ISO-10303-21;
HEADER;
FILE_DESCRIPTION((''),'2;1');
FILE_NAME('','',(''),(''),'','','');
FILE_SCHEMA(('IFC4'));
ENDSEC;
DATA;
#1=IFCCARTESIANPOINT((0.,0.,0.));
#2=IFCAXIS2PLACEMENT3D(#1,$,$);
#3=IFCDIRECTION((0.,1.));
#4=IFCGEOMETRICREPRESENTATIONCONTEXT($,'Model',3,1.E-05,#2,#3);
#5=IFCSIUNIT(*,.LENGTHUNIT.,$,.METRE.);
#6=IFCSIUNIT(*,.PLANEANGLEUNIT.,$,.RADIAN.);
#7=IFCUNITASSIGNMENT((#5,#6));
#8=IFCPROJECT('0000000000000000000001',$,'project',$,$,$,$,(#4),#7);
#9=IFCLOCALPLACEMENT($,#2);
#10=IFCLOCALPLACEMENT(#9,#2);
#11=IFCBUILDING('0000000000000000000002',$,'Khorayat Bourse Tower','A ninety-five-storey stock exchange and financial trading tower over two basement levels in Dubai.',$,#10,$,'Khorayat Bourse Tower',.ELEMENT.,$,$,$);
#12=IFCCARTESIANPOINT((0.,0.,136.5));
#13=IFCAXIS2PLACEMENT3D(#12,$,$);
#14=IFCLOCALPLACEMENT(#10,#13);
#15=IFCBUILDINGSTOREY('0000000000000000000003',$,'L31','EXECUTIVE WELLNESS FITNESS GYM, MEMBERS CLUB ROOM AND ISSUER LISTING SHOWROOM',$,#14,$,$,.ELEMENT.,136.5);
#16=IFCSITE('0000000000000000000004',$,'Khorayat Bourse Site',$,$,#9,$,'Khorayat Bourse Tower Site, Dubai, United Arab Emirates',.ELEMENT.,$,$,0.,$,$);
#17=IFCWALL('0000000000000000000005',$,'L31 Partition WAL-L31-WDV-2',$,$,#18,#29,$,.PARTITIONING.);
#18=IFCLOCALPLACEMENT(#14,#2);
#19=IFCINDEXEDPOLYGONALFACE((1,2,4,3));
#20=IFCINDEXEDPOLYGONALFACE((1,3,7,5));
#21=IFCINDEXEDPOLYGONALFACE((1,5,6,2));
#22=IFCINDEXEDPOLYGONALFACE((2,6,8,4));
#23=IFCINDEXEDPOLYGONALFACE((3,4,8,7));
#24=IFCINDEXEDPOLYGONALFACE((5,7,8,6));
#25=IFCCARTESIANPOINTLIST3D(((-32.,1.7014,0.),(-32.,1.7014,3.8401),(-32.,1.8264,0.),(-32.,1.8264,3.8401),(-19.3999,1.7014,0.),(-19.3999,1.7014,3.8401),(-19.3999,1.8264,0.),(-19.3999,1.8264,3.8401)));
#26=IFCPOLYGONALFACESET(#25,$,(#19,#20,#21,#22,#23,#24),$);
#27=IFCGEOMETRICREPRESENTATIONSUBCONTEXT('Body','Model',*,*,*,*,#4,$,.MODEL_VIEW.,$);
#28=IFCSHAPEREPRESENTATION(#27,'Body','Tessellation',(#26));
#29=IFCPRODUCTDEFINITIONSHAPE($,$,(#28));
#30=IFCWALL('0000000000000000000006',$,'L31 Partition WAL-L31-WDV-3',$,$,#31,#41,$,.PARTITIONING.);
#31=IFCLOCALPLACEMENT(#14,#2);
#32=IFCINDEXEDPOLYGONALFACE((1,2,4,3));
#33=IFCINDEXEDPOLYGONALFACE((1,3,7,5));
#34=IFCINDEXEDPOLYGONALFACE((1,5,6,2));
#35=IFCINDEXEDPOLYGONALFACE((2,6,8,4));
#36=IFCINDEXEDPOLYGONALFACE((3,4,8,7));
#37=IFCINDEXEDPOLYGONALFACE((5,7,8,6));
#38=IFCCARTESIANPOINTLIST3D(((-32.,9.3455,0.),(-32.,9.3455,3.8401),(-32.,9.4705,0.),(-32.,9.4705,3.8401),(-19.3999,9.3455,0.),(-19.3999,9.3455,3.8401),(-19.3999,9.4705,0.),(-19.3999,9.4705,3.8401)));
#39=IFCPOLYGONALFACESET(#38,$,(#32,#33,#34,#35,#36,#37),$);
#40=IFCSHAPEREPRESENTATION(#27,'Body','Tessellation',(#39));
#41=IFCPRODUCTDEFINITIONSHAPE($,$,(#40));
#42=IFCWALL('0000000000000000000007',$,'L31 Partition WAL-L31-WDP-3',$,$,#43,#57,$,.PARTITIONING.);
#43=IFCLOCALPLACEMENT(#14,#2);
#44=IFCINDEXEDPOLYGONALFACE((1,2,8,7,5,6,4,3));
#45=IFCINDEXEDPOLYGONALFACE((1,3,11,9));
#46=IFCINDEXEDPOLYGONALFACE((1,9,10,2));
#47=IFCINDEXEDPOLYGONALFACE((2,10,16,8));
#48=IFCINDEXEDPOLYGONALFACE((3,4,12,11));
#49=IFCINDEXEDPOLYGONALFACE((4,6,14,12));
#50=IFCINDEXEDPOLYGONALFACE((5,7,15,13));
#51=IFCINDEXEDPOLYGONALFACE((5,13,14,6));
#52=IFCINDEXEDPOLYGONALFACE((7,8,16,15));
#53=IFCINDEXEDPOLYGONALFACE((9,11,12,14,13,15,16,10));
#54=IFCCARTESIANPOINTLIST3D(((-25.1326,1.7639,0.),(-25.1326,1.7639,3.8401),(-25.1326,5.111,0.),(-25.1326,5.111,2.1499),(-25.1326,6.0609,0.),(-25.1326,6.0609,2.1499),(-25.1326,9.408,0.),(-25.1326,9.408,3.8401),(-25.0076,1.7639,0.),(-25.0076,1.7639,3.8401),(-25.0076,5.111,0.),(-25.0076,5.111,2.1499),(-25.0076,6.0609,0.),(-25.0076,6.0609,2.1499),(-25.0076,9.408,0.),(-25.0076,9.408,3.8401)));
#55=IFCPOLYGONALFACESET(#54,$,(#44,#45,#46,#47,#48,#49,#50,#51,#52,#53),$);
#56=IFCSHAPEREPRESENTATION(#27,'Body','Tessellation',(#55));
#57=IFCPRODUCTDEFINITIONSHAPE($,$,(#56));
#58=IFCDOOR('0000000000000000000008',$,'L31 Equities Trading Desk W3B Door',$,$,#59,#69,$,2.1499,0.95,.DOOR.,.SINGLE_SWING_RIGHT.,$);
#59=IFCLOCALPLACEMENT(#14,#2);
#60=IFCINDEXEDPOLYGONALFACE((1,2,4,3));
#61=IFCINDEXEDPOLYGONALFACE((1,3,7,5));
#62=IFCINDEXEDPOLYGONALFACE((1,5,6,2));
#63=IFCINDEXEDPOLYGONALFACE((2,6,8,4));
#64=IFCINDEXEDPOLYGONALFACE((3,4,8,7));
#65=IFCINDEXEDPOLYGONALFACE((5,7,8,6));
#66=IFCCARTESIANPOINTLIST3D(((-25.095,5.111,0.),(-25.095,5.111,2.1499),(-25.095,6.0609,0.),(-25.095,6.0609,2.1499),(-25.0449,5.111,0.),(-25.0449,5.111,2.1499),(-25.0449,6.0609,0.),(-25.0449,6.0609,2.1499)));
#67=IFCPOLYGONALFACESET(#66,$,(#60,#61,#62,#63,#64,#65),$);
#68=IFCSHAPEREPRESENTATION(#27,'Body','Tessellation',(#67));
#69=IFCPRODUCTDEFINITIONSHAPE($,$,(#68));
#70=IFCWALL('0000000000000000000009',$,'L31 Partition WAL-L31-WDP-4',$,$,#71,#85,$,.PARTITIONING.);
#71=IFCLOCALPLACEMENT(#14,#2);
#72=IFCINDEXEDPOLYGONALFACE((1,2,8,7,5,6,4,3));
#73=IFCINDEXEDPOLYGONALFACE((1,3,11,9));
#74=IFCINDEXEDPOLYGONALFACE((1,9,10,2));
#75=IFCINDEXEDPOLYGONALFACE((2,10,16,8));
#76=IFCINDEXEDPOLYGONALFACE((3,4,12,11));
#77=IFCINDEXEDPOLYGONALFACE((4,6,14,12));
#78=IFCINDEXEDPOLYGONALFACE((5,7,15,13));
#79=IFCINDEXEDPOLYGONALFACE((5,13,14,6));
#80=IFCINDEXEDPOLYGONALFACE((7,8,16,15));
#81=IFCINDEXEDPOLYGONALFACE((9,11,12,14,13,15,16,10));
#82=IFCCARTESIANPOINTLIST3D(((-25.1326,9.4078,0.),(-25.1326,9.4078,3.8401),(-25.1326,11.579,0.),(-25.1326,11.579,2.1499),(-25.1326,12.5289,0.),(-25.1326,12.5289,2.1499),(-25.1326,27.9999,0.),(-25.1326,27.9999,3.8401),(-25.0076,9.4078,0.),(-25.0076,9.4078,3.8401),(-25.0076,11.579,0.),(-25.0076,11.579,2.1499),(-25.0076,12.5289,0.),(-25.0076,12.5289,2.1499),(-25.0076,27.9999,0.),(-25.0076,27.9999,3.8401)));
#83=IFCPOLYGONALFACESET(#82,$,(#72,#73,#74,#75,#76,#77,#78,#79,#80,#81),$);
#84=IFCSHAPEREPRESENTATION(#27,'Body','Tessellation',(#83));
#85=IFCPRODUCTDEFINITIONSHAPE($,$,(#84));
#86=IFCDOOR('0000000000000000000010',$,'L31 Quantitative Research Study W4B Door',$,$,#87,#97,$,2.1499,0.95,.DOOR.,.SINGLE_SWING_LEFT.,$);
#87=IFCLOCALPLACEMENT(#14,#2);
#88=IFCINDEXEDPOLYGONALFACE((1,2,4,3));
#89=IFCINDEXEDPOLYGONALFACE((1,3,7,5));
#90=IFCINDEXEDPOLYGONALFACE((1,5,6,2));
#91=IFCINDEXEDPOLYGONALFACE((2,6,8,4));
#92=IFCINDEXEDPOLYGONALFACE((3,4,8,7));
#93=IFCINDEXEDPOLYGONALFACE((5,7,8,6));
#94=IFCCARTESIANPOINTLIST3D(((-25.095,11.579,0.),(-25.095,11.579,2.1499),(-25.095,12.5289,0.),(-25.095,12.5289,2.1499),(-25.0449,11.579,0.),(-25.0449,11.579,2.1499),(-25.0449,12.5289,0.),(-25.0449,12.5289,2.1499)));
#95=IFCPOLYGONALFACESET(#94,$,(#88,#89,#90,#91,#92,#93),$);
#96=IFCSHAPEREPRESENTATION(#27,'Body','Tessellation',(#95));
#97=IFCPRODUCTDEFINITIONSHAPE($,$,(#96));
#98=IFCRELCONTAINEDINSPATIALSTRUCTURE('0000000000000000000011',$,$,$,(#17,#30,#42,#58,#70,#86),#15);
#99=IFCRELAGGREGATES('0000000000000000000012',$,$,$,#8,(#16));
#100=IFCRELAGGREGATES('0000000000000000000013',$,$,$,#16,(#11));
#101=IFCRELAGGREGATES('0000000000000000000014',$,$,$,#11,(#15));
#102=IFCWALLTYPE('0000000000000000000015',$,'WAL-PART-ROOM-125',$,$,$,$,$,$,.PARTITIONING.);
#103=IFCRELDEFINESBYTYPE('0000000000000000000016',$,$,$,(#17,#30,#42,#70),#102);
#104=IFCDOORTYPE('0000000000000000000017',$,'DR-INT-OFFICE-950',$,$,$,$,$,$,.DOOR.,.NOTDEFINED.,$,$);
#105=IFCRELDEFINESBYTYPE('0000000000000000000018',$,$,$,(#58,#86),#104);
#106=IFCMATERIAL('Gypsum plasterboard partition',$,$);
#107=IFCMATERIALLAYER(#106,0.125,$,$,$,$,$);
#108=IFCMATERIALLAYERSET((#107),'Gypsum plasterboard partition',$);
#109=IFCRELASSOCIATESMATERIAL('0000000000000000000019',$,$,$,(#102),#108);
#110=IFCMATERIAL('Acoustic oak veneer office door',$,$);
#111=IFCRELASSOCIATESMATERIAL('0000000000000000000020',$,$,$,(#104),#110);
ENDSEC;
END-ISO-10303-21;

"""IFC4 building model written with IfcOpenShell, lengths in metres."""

from ifc_helpers import new_model, si_unit, direction, frame, frame_2d, origin, place, context, subcontext, project, spatial, rectangle, extrude, source, transform, mapped, material, layer, layer_set, type_object, element, fill, save


model = new_model("IFC4")

# Units and contexts
model_context = context("Model", 3, precision=1e-05, world=origin(), true_north=direction((0.0, 1.0)))
body_context = subcontext(model_context, "Body", "Model", "MODEL_VIEW")
ifc_project = project(units=[si_unit("LENGTHUNIT", "METRE"), si_unit("PLANEANGLEUNIT", "RADIAN")], contexts=[model_context])

# Site, building, storey
site_placement = place(None, origin())
site = spatial("IfcSite", under=ifc_project, at=site_placement, Name="Khorayat Bourse Site", LongName="Khorayat Bourse Tower Site, Dubai, United Arab Emirates", CompositionType="ELEMENT", RefElevation=0.0)
building_placement = place(site_placement, origin())
building = spatial("IfcBuilding", under=site, at=building_placement, Name="Khorayat Bourse Tower", Description="A ninety-five-storey stock exchange and financial trading tower over two basement levels in Dubai.", LongName="Khorayat Bourse Tower", CompositionType="ELEMENT")
storey_placement = place(building_placement, frame((0.0, 0.0, 136.5)))
storey = spatial("IfcBuildingStorey", under=building, at=storey_placement, Name="L31", Description="EXECUTIVE WELLNESS FITNESS GYM, MEMBERS CLUB ROOM AND ISSUER LISTING SHOWROOM", CompositionType="ELEMENT", Elevation=136.5)

# Walls
ifc_material_1 = material(Name="Gypsum plasterboard partition")
ifc_layer_1 = layer(ifc_material_1, 0.125)
ifc_layer_set_1 = layer_set([ifc_layer_1], Name="Gypsum plasterboard partition")
wall_type_1 = type_object("IfcWallType", Name="WAL-PART-ROOM-125", PredefinedType="PARTITIONING", material=ifc_layer_set_1)
shared_shape_1 = source(origin(), body_context, "Body", "SweptSolid", [
    extrude(rectangle(XDim=12.6001, YDim=0.125, at=frame_2d((6.3, 0.0))), origin(), (0.0, 0.0, 1.0), 3.8401),
])
for number, where, z_axis, x_axis, name in (
    (1, (-32.0, 1.7639, 0.0), (0.0, 0.0, 1.0), (1.0, 0.0, 0.0), "L31 Partition WAL-L31-WDV-2"),
    (2, (-32.0, 9.408, 0.0), (0.0, 0.0, 1.0), (1.0, 0.0, 0.0), "L31 Partition WAL-L31-WDV-3"),
):
    element("IfcWall", number, at=place(storey_placement, frame(where, z_axis=z_axis, x_axis=x_axis)), inside=storey, type_object=wall_type_1, Name=name, PredefinedType="PARTITIONING", context=body_context, shape_type="MappedRepresentation", body=[
        mapped(shared_shape_1, transform((0.0, 0.0, 0.0), scale=1.0)),
    ])

# Walls, openings, doors
shared_shape_2 = source(origin(), body_context, "Body", "SweptSolid", [
    extrude(rectangle(XDim=7.644, YDim=0.125, at=frame_2d((3.822, 0.0))), origin(), (0.0, 0.0, 1.0), 3.8401),
])
wall_1_placement = place(storey_placement, frame((-25.0701, 1.7639, 0.0), z_axis=(0.0, 0.0, 1.0), x_axis=(0.0, 1.0, 0.0)))
wall_1 = element("IfcWall", 3, at=wall_1_placement, inside=storey, type_object=wall_type_1, Name="L31 Partition WAL-L31-WDP-3", PredefinedType="PARTITIONING", context=body_context, shape_type="MappedRepresentation", body=[
    mapped(shared_shape_2, transform((0.0, 0.0, 0.0), scale=1.0)),
])
shared_shape_3 = source(origin(), body_context, "Body", "SweptSolid", [
    extrude(rectangle(XDim=0.95, YDim=2.1499, at=frame_2d((0.4751, 1.075))), frame((0.0, 0.0725, 0.0), z_axis=(0.0, -1.0, 0.0), x_axis=(1.0, 0.0, 0.0)), (0.0, 0.0, 1.0), 0.145),
])
opening_1_placement = place(wall_1_placement, frame((3.3469, 0.0, 0.0)))
opening_1 = element("IfcOpeningElement", 4, at=opening_1_placement, cuts=wall_1, PredefinedType="OPENING", context=body_context, shape_type="MappedRepresentation", body=[
    mapped(shared_shape_3, transform((0.0, 0.0, 0.0), scale=1.0)),
])
ifc_material_2 = material(Name="Acoustic oak veneer office door")
door_type = type_object("IfcDoorType", Name="DR-INT-OFFICE-950", OperationType="NOTDEFINED", PredefinedType="DOOR", material=ifc_material_2)
shared_shape_4 = source(origin(), body_context, "Body", "SweptSolid", [
    extrude(rectangle(XDim=0.95, YDim=2.1499, at=frame_2d((0.4751, 1.075))), frame((0.0, 0.0249, 0.0), z_axis=(0.0, -1.0, 0.0), x_axis=(1.0, 0.0, 0.0)), (0.0, 0.0, 1.0), 0.05),
])
door_1_placement = place(opening_1_placement, origin())
door_1 = element("IfcDoor", 5, at=door_1_placement, inside=storey, type_object=door_type, Name="L31 Equities Trading Desk W3B Door", OperationType="SINGLE_SWING_RIGHT", OverallHeight=2.1499, OverallWidth=0.95, PredefinedType="DOOR", context=body_context, shape_type="MappedRepresentation", body=[
    mapped(shared_shape_4, transform((0.0, 0.0, 0.0), scale=1.0)),
])
fill(opening_1, door_1)
shared_shape_5 = source(origin(), body_context, "Body", "SweptSolid", [
    extrude(rectangle(XDim=18.592, YDim=0.125, at=frame_2d((9.2959, 0.0))), origin(), (0.0, 0.0, 1.0), 3.8401),
])
wall_2_placement = place(storey_placement, frame((-25.0701, 9.408, 0.0), z_axis=(0.0, 0.0, 1.0), x_axis=(0.0, 1.0, 0.0)))
wall_2 = element("IfcWall", 6, at=wall_2_placement, inside=storey, type_object=wall_type_1, Name="L31 Partition WAL-L31-WDP-4", PredefinedType="PARTITIONING", context=body_context, shape_type="MappedRepresentation", body=[
    mapped(shared_shape_5, transform((0.0, 0.0, 0.0), scale=1.0)),
])
opening_2_placement = place(wall_2_placement, frame((2.1709, 0.0, 0.0)))
opening_2 = element("IfcOpeningElement", 7, at=opening_2_placement, cuts=wall_2, PredefinedType="OPENING", context=body_context, shape_type="MappedRepresentation", body=[
    mapped(shared_shape_3, transform((0.0, 0.0, 0.0), scale=1.0)),
])
door_2_placement = place(opening_2_placement, origin())
door_2 = element("IfcDoor", 8, at=door_2_placement, inside=storey, type_object=door_type, Name="L31 Quantitative Research Study W4B Door", OperationType="SINGLE_SWING_LEFT", OverallHeight=2.1499, OverallWidth=0.95, PredefinedType="DOOR", context=body_context, shape_type="MappedRepresentation", body=[
    mapped(shared_shape_4, transform((0.0, 0.0, 0.0), scale=1.0)),
])
fill(opening_2, door_2)

save(model, "model.ifc")
